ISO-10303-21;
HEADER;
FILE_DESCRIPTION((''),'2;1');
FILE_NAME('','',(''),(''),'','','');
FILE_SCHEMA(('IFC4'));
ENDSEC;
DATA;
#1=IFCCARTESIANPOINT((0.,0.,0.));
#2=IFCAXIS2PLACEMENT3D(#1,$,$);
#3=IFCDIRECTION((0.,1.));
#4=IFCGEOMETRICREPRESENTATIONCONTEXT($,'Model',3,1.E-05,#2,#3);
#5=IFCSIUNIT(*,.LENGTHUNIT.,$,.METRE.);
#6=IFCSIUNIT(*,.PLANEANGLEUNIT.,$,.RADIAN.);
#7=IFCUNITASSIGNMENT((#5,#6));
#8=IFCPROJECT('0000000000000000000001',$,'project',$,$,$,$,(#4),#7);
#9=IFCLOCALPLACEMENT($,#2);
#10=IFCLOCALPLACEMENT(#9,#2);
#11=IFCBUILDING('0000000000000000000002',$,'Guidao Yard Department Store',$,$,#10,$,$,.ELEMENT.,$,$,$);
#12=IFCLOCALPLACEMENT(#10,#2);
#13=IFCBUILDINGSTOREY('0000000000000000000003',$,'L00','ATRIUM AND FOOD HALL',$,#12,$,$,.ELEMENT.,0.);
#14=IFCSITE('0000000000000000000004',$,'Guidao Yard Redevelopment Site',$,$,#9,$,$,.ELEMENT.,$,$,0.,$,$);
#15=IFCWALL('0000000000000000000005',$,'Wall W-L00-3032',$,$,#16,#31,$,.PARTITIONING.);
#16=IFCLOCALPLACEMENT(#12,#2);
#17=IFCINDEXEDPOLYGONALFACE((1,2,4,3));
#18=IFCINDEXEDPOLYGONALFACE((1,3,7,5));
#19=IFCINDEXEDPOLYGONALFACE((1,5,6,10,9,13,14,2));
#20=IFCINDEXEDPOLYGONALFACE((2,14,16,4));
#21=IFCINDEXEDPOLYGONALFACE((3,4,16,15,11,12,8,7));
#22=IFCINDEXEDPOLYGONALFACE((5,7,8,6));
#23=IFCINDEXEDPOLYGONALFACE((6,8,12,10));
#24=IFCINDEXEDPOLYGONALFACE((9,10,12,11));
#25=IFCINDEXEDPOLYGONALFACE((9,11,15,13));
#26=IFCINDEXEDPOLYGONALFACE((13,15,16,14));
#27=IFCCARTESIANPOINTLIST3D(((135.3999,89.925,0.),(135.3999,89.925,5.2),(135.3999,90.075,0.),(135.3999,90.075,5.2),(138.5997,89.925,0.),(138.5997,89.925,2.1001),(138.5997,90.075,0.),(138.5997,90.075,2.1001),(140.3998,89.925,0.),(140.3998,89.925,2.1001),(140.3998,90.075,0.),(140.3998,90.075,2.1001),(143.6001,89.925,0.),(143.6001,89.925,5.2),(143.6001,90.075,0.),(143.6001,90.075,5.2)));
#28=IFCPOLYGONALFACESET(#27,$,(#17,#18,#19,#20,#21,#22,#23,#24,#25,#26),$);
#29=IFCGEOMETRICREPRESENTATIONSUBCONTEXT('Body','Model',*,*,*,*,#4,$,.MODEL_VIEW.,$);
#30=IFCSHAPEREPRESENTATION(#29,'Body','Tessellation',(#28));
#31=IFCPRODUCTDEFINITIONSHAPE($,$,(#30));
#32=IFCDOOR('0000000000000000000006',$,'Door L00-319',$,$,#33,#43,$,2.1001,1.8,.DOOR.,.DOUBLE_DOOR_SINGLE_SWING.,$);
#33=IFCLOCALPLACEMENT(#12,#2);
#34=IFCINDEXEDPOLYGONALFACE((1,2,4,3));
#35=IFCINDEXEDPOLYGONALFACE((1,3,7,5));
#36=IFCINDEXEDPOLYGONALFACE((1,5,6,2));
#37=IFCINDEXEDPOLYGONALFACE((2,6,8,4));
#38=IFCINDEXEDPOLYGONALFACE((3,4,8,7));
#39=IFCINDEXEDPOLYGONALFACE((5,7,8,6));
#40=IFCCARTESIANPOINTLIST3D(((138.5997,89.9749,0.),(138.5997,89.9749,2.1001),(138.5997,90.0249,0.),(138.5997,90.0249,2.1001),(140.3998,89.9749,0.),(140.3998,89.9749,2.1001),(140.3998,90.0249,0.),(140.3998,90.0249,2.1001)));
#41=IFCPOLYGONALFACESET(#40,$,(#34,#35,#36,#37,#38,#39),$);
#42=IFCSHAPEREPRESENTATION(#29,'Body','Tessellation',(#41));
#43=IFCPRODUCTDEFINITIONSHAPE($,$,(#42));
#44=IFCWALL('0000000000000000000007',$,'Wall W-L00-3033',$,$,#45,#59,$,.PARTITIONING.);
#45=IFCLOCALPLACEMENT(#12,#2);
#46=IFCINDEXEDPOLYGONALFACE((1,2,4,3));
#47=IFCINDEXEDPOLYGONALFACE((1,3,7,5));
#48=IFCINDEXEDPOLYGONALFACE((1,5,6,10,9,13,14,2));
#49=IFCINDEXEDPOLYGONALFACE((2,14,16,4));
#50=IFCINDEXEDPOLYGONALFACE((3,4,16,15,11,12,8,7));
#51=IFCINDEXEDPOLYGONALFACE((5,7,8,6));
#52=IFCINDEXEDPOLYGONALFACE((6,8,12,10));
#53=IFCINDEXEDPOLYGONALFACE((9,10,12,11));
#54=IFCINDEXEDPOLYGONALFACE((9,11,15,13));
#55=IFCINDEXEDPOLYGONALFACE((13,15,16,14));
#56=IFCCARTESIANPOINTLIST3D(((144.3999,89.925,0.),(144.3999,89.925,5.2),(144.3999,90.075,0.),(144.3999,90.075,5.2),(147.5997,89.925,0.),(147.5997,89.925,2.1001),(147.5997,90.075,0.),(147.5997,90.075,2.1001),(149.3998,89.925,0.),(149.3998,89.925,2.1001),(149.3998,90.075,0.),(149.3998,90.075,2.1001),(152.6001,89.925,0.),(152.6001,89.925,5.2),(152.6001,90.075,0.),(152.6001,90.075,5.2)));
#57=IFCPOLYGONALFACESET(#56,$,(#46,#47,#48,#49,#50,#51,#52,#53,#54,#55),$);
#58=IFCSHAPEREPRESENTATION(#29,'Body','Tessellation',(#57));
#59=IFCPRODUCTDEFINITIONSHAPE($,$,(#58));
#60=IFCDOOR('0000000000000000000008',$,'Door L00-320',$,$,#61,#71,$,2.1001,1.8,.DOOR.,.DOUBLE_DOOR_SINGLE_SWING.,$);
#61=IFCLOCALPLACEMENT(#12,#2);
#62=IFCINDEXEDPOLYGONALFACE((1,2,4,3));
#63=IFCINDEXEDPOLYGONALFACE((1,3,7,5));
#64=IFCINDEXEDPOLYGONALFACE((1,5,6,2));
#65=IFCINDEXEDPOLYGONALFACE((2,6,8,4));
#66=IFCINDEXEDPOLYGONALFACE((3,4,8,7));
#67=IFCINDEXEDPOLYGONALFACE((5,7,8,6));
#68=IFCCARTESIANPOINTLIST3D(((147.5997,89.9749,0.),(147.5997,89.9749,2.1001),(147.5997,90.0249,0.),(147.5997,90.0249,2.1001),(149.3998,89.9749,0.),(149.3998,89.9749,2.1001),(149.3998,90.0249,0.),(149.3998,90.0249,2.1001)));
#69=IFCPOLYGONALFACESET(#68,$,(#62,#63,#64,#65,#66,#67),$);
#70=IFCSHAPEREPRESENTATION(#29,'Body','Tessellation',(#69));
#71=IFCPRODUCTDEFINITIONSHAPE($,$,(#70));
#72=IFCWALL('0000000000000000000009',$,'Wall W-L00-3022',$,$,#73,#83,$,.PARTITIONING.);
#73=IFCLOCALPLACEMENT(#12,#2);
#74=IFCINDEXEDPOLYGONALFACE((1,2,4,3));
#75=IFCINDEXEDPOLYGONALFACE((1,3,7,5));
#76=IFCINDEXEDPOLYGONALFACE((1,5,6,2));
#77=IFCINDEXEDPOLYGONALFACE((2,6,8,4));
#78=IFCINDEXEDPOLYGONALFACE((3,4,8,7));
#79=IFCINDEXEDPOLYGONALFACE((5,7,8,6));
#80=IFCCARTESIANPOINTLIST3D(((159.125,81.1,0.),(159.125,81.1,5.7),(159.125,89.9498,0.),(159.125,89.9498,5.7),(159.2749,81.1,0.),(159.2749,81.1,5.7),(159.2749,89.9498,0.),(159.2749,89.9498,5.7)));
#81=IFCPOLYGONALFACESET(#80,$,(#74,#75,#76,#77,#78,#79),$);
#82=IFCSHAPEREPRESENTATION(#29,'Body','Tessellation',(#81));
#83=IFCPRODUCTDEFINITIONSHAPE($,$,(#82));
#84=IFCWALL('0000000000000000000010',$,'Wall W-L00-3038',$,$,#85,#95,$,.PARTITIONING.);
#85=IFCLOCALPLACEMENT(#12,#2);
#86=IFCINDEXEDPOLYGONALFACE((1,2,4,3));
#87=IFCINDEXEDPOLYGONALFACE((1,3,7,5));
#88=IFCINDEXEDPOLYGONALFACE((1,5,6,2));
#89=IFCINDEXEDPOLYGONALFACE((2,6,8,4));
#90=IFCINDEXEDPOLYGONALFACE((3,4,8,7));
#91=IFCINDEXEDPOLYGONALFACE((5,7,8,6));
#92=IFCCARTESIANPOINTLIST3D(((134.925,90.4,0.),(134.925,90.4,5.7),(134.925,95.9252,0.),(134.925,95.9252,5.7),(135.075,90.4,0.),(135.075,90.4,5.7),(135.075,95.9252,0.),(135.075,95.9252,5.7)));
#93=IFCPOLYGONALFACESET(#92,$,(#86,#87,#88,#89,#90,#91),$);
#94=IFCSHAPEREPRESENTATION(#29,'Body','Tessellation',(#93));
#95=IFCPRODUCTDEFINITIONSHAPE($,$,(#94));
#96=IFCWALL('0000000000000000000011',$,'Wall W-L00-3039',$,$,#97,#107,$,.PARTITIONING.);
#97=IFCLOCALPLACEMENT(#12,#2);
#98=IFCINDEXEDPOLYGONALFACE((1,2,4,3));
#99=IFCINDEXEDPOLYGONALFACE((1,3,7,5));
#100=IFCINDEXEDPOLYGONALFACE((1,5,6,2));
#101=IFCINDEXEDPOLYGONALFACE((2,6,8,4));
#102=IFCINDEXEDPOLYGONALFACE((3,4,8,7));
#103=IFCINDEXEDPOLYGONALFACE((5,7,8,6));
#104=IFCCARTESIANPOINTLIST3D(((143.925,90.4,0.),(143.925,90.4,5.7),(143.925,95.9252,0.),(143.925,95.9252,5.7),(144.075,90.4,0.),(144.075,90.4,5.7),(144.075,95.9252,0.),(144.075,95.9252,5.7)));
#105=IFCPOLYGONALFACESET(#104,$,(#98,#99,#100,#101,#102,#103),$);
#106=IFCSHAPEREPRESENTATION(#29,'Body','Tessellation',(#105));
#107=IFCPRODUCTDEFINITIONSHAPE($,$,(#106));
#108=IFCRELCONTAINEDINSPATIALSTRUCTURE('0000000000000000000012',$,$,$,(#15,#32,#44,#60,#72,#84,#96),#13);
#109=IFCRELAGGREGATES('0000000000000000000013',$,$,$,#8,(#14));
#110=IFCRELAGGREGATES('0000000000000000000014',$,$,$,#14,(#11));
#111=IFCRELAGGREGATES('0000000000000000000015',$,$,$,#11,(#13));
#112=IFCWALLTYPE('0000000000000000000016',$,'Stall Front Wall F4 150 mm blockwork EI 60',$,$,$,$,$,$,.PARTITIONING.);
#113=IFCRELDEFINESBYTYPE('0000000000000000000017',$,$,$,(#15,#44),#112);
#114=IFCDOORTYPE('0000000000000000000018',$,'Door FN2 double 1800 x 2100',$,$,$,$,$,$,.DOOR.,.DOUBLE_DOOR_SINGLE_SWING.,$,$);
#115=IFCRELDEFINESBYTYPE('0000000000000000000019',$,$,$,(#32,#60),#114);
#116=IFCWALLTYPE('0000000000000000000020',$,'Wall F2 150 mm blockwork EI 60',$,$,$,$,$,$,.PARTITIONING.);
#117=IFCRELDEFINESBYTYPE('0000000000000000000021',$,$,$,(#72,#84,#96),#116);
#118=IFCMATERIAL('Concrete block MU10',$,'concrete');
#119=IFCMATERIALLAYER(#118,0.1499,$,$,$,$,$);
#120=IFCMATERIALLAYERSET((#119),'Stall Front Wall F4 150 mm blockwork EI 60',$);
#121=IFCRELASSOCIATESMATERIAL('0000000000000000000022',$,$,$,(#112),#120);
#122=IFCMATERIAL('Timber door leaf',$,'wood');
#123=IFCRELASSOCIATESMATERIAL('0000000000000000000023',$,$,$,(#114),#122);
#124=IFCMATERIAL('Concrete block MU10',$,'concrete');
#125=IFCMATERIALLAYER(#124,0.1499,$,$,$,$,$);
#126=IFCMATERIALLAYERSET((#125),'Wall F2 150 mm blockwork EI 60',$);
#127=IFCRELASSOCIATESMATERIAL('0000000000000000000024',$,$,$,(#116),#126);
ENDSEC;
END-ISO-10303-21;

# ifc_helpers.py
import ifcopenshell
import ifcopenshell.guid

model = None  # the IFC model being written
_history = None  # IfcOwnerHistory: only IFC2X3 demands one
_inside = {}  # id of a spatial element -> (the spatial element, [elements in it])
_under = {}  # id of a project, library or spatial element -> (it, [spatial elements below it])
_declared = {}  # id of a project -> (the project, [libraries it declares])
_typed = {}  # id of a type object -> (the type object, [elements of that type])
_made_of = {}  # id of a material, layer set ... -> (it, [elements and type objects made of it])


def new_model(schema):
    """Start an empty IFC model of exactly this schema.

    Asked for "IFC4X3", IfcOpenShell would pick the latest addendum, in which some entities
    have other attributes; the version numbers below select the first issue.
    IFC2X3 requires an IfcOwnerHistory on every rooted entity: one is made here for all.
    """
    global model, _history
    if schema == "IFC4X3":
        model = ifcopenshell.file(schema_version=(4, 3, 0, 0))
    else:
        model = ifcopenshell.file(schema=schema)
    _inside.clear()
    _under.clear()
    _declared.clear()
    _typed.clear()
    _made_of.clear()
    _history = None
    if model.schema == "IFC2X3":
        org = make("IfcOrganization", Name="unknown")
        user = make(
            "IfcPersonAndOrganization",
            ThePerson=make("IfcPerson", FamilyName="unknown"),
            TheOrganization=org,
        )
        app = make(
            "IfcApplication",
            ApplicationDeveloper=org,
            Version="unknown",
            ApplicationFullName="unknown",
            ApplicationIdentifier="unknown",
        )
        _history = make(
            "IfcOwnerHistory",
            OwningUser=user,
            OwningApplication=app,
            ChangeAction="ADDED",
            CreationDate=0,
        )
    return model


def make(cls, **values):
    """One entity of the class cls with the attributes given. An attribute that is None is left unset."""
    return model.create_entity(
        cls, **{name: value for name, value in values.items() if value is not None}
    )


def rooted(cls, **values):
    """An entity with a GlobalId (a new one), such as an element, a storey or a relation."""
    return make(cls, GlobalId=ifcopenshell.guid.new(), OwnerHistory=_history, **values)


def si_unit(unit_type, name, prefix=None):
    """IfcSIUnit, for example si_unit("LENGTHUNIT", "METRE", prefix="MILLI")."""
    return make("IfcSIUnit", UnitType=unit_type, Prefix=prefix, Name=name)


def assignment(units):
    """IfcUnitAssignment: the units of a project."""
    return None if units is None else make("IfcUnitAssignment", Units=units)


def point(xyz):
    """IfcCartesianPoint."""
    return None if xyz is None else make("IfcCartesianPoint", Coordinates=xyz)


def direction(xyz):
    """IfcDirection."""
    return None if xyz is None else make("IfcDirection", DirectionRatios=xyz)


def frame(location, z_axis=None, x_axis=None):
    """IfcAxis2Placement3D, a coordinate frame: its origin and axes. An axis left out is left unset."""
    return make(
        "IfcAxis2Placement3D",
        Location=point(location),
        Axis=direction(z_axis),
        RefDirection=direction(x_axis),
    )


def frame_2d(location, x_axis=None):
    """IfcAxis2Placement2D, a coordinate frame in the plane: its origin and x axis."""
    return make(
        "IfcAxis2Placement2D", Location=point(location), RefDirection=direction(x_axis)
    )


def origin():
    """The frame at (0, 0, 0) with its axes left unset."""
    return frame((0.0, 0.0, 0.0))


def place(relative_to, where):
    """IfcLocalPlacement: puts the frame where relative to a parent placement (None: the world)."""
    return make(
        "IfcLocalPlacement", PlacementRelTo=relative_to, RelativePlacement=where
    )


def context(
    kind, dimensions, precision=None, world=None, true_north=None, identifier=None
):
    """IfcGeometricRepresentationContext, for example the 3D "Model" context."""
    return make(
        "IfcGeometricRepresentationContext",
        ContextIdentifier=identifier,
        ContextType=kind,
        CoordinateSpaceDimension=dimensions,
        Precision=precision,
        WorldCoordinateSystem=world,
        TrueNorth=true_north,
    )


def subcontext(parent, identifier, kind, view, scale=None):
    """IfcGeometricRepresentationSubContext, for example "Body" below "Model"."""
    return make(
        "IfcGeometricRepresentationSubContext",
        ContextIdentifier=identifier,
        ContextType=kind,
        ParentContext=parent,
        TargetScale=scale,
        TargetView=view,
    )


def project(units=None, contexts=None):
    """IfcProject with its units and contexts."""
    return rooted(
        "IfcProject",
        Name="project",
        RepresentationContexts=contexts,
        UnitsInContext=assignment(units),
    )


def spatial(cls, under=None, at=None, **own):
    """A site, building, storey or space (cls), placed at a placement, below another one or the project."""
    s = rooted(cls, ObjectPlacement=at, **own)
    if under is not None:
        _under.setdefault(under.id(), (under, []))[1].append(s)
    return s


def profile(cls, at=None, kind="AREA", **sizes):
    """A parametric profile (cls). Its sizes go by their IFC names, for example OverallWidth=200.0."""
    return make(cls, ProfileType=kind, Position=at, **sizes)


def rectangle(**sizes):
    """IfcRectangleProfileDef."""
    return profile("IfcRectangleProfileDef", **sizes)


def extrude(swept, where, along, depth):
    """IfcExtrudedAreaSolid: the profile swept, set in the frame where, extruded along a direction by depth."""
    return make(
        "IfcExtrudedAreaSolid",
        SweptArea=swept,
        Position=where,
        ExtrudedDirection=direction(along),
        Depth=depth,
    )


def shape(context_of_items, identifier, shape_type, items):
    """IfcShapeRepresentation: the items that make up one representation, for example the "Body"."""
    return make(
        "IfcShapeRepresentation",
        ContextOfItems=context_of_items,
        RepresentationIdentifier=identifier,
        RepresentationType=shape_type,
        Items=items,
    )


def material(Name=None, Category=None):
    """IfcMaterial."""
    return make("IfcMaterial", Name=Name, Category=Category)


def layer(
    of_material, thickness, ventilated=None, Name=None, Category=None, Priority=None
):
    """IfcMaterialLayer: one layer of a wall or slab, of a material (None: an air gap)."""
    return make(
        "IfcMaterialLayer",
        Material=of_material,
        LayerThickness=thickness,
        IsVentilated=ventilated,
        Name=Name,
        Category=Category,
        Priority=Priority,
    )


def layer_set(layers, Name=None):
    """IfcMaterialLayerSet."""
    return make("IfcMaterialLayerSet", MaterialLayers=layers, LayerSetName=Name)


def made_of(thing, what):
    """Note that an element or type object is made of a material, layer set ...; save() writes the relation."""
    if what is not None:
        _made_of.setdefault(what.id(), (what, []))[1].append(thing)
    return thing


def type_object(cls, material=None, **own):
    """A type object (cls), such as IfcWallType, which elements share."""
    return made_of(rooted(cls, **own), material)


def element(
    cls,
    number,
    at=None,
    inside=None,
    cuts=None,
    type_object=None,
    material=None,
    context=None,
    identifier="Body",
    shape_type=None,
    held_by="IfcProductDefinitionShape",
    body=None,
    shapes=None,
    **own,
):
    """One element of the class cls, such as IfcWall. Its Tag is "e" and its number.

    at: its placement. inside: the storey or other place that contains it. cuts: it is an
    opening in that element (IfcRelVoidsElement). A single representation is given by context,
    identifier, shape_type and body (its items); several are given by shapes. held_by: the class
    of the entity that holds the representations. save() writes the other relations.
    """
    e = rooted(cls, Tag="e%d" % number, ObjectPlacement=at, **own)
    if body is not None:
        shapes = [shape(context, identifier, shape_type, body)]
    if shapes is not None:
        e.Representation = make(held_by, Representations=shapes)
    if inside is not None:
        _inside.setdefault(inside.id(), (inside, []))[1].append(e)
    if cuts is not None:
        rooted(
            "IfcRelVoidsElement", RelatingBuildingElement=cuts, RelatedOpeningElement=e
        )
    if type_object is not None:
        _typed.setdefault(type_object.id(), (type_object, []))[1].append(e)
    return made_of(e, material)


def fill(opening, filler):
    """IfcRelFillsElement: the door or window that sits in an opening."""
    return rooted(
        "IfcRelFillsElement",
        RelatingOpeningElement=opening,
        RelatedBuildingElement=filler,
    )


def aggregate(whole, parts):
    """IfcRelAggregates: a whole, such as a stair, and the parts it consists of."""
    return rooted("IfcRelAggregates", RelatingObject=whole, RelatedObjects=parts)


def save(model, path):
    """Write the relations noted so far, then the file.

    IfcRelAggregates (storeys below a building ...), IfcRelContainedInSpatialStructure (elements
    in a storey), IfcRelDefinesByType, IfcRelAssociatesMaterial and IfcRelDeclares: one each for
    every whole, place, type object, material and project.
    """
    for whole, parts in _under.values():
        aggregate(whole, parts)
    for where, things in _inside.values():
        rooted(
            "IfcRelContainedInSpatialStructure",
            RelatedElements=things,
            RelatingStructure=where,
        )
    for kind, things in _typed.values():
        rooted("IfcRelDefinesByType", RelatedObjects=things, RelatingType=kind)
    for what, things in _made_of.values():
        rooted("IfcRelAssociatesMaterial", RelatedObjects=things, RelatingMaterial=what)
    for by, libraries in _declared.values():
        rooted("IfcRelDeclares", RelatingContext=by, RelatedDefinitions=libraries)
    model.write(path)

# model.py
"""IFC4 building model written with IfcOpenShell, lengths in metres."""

from ifc_helpers import new_model, si_unit, direction, frame, frame_2d, origin, place, context, subcontext, project, spatial, rectangle, extrude, material, layer, layer_set, type_object, element, fill, save


model = new_model("IFC4")

# Units and contexts
model_context = context("Model", 3, precision=1e-05, world=origin(), true_north=direction((0.0, 1.0)))
body_context = subcontext(model_context, "Body", "Model", "MODEL_VIEW")
ifc_project = project(units=[si_unit("LENGTHUNIT", "METRE"), si_unit("PLANEANGLEUNIT", "RADIAN")], contexts=[model_context])

# Site, building, storey
site_placement = place(None, origin())
site = spatial("IfcSite", under=ifc_project, at=site_placement, Name="Guidao Yard Redevelopment Site", CompositionType="ELEMENT", RefElevation=0.0)
building_placement = place(site_placement, origin())
building = spatial("IfcBuilding", under=site, at=building_placement, Name="Guidao Yard Department Store", CompositionType="ELEMENT")
storey_placement = place(building_placement, origin())
storey = spatial("IfcBuildingStorey", under=building, at=storey_placement, Name="L00", Description="ATRIUM AND FOOD HALL", CompositionType="ELEMENT", Elevation=0.0)

# Walls, openings, doors
ifc_material_1 = material(Name="Concrete block MU10", Category="concrete")
ifc_layer_1 = layer(ifc_material_1, 0.1499)
ifc_layer_set_1 = layer_set([ifc_layer_1], Name="Stall Front Wall F4 150 mm blockwork EI 60")
wall_type_1 = type_object("IfcWallType", Name="Stall Front Wall F4 150 mm blockwork EI 60", PredefinedType="PARTITIONING", material=ifc_layer_set_1)
ifc_material_2 = material(Name="Timber door leaf", Category="wood")
door_type_1 = type_object("IfcDoorType", Name="Door FN2 double 1800 x 2100", OperationType="DOUBLE_DOOR_SINGLE_SWING", PredefinedType="DOOR", material=ifc_material_2)
wall_1_placement = place(storey_placement, frame((135.3999, 90.0, 0.0), z_axis=(0.0, 0.0, 1.0), x_axis=(1.0, 0.0, 0.0)))
wall_1 = element("IfcWall", 1, at=wall_1_placement, inside=storey, type_object=wall_type_1, Name="Wall W-L00-3032", PredefinedType="PARTITIONING", context=body_context, shape_type="SweptSolid", body=[
    extrude(rectangle(XDim=8.2002, YDim=0.1499, at=frame_2d((4.1001, 0.0))), origin(), (0.0, 0.0, 1.0), 5.2),
])
opening_1_placement = place(wall_1_placement, frame((3.2, 0.0, 0.0)))
opening_1 = element("IfcOpeningElement", 2, at=opening_1_placement, cuts=wall_1, PredefinedType="OPENING", context=body_context, shape_type="SweptSolid", body=[
    extrude(rectangle(XDim=1.8, YDim=2.1001, at=frame_2d((0.8999, 1.05))), frame((0.0, 0.085, 0.0), z_axis=(0.0, -1.0, 0.0), x_axis=(1.0, 0.0, 0.0)), (0.0, 0.0, 1.0), 0.1699),
])
door_1_placement = place(opening_1_placement, origin())
door_1 = element("IfcDoor", 3, at=door_1_placement, inside=storey, type_object=door_type_1, Name="Door L00-319", OperationType="DOUBLE_DOOR_SINGLE_SWING", OverallHeight=2.1001, OverallWidth=1.8, PredefinedType="DOOR", context=body_context, shape_type="SweptSolid", body=[
    extrude(rectangle(XDim=1.8, YDim=2.1001, at=frame_2d((0.8999, 1.05))), frame((0.0, 0.0249, 0.0), z_axis=(0.0, -1.0, 0.0), x_axis=(1.0, 0.0, 0.0)), (0.0, 0.0, 1.0), 0.05),
])
fill(opening_1, door_1)
wall_2_placement = place(storey_placement, frame((144.3999, 90.0, 0.0), z_axis=(0.0, 0.0, 1.0), x_axis=(1.0, 0.0, 0.0)))
wall_2 = element("IfcWall", 4, at=wall_2_placement, inside=storey, type_object=wall_type_1, Name="Wall W-L00-3033", PredefinedType="PARTITIONING", context=body_context, shape_type="SweptSolid", body=[
    extrude(rectangle(XDim=8.2002, YDim=0.1499, at=frame_2d((4.1001, 0.0))), origin(), (0.0, 0.0, 1.0), 5.2),
])
opening_2_placement = place(wall_2_placement, frame((3.2, 0.0, 0.0)))
opening_2 = element("IfcOpeningElement", 5, at=opening_2_placement, cuts=wall_2, PredefinedType="OPENING", context=body_context, shape_type="SweptSolid", body=[
    extrude(rectangle(XDim=1.8, YDim=2.1001, at=frame_2d((0.8999, 1.05))), frame((0.0, 0.085, 0.0), z_axis=(0.0, -1.0, 0.0), x_axis=(1.0, 0.0, 0.0)), (0.0, 0.0, 1.0), 0.1699),
])
door_2_placement = place(opening_2_placement, origin())
door_2 = element("IfcDoor", 6, at=door_2_placement, inside=storey, type_object=door_type_1, Name="Door L00-320", OperationType="DOUBLE_DOOR_SINGLE_SWING", OverallHeight=2.1001, OverallWidth=1.8, PredefinedType="DOOR", context=body_context, shape_type="SweptSolid", body=[
    extrude(rectangle(XDim=1.8, YDim=2.1001, at=frame_2d((0.8999, 1.05))), frame((0.0, 0.0249, 0.0), z_axis=(0.0, -1.0, 0.0), x_axis=(1.0, 0.0, 0.0)), (0.0, 0.0, 1.0), 0.05),
])
fill(opening_2, door_2)

# Walls
ifc_material_3 = material(Name="Concrete block MU10", Category="concrete")
ifc_layer_2 = layer(ifc_material_3, 0.1499)
ifc_layer_set_2 = layer_set([ifc_layer_2], Name="Wall F2 150 mm blockwork EI 60")
wall_type_2 = type_object("IfcWallType", Name="Wall F2 150 mm blockwork EI 60", PredefinedType="PARTITIONING", material=ifc_layer_set_2)
wall_3_placement = place(storey_placement, frame((159.2, 81.1001, 0.0), z_axis=(0.0, 0.0, 1.0), x_axis=(0.0, 1.0, 0.0)))
element("IfcWall", 7, at=wall_3_placement, inside=storey, type_object=wall_type_2, Name="Wall W-L00-3022", PredefinedType="PARTITIONING", context=body_context, shape_type="SweptSolid", body=[
    extrude(rectangle(XDim=8.8499, YDim=0.1499, at=frame_2d((4.4248, 0.0))), origin(), (0.0, 0.0, 1.0), 5.7),
])
for number, where, z_axis, x_axis, name in (
    (8, (135.0, 90.3999, 0.0), (0.0, 0.0, 1.0), (0.0, 1.0, 0.0), "Wall W-L00-3038"),
    (9, (144.0, 90.3999, 0.0), (0.0, 0.0, 1.0), (0.0, 1.0, 0.0), "Wall W-L00-3039"),
):
    element("IfcWall", number, at=place(storey_placement, frame(where, z_axis=z_axis, x_axis=x_axis)), inside=storey, type_object=wall_type_2, Name=name, PredefinedType="PARTITIONING", context=body_context, shape_type="SweptSolid", body=[
        extrude(rectangle(XDim=5.5251, YDim=0.1499, at=frame_2d((2.7627, 0.0))), origin(), (0.0, 0.0, 1.0), 5.7),
    ])

save(model, "model.ifc")
